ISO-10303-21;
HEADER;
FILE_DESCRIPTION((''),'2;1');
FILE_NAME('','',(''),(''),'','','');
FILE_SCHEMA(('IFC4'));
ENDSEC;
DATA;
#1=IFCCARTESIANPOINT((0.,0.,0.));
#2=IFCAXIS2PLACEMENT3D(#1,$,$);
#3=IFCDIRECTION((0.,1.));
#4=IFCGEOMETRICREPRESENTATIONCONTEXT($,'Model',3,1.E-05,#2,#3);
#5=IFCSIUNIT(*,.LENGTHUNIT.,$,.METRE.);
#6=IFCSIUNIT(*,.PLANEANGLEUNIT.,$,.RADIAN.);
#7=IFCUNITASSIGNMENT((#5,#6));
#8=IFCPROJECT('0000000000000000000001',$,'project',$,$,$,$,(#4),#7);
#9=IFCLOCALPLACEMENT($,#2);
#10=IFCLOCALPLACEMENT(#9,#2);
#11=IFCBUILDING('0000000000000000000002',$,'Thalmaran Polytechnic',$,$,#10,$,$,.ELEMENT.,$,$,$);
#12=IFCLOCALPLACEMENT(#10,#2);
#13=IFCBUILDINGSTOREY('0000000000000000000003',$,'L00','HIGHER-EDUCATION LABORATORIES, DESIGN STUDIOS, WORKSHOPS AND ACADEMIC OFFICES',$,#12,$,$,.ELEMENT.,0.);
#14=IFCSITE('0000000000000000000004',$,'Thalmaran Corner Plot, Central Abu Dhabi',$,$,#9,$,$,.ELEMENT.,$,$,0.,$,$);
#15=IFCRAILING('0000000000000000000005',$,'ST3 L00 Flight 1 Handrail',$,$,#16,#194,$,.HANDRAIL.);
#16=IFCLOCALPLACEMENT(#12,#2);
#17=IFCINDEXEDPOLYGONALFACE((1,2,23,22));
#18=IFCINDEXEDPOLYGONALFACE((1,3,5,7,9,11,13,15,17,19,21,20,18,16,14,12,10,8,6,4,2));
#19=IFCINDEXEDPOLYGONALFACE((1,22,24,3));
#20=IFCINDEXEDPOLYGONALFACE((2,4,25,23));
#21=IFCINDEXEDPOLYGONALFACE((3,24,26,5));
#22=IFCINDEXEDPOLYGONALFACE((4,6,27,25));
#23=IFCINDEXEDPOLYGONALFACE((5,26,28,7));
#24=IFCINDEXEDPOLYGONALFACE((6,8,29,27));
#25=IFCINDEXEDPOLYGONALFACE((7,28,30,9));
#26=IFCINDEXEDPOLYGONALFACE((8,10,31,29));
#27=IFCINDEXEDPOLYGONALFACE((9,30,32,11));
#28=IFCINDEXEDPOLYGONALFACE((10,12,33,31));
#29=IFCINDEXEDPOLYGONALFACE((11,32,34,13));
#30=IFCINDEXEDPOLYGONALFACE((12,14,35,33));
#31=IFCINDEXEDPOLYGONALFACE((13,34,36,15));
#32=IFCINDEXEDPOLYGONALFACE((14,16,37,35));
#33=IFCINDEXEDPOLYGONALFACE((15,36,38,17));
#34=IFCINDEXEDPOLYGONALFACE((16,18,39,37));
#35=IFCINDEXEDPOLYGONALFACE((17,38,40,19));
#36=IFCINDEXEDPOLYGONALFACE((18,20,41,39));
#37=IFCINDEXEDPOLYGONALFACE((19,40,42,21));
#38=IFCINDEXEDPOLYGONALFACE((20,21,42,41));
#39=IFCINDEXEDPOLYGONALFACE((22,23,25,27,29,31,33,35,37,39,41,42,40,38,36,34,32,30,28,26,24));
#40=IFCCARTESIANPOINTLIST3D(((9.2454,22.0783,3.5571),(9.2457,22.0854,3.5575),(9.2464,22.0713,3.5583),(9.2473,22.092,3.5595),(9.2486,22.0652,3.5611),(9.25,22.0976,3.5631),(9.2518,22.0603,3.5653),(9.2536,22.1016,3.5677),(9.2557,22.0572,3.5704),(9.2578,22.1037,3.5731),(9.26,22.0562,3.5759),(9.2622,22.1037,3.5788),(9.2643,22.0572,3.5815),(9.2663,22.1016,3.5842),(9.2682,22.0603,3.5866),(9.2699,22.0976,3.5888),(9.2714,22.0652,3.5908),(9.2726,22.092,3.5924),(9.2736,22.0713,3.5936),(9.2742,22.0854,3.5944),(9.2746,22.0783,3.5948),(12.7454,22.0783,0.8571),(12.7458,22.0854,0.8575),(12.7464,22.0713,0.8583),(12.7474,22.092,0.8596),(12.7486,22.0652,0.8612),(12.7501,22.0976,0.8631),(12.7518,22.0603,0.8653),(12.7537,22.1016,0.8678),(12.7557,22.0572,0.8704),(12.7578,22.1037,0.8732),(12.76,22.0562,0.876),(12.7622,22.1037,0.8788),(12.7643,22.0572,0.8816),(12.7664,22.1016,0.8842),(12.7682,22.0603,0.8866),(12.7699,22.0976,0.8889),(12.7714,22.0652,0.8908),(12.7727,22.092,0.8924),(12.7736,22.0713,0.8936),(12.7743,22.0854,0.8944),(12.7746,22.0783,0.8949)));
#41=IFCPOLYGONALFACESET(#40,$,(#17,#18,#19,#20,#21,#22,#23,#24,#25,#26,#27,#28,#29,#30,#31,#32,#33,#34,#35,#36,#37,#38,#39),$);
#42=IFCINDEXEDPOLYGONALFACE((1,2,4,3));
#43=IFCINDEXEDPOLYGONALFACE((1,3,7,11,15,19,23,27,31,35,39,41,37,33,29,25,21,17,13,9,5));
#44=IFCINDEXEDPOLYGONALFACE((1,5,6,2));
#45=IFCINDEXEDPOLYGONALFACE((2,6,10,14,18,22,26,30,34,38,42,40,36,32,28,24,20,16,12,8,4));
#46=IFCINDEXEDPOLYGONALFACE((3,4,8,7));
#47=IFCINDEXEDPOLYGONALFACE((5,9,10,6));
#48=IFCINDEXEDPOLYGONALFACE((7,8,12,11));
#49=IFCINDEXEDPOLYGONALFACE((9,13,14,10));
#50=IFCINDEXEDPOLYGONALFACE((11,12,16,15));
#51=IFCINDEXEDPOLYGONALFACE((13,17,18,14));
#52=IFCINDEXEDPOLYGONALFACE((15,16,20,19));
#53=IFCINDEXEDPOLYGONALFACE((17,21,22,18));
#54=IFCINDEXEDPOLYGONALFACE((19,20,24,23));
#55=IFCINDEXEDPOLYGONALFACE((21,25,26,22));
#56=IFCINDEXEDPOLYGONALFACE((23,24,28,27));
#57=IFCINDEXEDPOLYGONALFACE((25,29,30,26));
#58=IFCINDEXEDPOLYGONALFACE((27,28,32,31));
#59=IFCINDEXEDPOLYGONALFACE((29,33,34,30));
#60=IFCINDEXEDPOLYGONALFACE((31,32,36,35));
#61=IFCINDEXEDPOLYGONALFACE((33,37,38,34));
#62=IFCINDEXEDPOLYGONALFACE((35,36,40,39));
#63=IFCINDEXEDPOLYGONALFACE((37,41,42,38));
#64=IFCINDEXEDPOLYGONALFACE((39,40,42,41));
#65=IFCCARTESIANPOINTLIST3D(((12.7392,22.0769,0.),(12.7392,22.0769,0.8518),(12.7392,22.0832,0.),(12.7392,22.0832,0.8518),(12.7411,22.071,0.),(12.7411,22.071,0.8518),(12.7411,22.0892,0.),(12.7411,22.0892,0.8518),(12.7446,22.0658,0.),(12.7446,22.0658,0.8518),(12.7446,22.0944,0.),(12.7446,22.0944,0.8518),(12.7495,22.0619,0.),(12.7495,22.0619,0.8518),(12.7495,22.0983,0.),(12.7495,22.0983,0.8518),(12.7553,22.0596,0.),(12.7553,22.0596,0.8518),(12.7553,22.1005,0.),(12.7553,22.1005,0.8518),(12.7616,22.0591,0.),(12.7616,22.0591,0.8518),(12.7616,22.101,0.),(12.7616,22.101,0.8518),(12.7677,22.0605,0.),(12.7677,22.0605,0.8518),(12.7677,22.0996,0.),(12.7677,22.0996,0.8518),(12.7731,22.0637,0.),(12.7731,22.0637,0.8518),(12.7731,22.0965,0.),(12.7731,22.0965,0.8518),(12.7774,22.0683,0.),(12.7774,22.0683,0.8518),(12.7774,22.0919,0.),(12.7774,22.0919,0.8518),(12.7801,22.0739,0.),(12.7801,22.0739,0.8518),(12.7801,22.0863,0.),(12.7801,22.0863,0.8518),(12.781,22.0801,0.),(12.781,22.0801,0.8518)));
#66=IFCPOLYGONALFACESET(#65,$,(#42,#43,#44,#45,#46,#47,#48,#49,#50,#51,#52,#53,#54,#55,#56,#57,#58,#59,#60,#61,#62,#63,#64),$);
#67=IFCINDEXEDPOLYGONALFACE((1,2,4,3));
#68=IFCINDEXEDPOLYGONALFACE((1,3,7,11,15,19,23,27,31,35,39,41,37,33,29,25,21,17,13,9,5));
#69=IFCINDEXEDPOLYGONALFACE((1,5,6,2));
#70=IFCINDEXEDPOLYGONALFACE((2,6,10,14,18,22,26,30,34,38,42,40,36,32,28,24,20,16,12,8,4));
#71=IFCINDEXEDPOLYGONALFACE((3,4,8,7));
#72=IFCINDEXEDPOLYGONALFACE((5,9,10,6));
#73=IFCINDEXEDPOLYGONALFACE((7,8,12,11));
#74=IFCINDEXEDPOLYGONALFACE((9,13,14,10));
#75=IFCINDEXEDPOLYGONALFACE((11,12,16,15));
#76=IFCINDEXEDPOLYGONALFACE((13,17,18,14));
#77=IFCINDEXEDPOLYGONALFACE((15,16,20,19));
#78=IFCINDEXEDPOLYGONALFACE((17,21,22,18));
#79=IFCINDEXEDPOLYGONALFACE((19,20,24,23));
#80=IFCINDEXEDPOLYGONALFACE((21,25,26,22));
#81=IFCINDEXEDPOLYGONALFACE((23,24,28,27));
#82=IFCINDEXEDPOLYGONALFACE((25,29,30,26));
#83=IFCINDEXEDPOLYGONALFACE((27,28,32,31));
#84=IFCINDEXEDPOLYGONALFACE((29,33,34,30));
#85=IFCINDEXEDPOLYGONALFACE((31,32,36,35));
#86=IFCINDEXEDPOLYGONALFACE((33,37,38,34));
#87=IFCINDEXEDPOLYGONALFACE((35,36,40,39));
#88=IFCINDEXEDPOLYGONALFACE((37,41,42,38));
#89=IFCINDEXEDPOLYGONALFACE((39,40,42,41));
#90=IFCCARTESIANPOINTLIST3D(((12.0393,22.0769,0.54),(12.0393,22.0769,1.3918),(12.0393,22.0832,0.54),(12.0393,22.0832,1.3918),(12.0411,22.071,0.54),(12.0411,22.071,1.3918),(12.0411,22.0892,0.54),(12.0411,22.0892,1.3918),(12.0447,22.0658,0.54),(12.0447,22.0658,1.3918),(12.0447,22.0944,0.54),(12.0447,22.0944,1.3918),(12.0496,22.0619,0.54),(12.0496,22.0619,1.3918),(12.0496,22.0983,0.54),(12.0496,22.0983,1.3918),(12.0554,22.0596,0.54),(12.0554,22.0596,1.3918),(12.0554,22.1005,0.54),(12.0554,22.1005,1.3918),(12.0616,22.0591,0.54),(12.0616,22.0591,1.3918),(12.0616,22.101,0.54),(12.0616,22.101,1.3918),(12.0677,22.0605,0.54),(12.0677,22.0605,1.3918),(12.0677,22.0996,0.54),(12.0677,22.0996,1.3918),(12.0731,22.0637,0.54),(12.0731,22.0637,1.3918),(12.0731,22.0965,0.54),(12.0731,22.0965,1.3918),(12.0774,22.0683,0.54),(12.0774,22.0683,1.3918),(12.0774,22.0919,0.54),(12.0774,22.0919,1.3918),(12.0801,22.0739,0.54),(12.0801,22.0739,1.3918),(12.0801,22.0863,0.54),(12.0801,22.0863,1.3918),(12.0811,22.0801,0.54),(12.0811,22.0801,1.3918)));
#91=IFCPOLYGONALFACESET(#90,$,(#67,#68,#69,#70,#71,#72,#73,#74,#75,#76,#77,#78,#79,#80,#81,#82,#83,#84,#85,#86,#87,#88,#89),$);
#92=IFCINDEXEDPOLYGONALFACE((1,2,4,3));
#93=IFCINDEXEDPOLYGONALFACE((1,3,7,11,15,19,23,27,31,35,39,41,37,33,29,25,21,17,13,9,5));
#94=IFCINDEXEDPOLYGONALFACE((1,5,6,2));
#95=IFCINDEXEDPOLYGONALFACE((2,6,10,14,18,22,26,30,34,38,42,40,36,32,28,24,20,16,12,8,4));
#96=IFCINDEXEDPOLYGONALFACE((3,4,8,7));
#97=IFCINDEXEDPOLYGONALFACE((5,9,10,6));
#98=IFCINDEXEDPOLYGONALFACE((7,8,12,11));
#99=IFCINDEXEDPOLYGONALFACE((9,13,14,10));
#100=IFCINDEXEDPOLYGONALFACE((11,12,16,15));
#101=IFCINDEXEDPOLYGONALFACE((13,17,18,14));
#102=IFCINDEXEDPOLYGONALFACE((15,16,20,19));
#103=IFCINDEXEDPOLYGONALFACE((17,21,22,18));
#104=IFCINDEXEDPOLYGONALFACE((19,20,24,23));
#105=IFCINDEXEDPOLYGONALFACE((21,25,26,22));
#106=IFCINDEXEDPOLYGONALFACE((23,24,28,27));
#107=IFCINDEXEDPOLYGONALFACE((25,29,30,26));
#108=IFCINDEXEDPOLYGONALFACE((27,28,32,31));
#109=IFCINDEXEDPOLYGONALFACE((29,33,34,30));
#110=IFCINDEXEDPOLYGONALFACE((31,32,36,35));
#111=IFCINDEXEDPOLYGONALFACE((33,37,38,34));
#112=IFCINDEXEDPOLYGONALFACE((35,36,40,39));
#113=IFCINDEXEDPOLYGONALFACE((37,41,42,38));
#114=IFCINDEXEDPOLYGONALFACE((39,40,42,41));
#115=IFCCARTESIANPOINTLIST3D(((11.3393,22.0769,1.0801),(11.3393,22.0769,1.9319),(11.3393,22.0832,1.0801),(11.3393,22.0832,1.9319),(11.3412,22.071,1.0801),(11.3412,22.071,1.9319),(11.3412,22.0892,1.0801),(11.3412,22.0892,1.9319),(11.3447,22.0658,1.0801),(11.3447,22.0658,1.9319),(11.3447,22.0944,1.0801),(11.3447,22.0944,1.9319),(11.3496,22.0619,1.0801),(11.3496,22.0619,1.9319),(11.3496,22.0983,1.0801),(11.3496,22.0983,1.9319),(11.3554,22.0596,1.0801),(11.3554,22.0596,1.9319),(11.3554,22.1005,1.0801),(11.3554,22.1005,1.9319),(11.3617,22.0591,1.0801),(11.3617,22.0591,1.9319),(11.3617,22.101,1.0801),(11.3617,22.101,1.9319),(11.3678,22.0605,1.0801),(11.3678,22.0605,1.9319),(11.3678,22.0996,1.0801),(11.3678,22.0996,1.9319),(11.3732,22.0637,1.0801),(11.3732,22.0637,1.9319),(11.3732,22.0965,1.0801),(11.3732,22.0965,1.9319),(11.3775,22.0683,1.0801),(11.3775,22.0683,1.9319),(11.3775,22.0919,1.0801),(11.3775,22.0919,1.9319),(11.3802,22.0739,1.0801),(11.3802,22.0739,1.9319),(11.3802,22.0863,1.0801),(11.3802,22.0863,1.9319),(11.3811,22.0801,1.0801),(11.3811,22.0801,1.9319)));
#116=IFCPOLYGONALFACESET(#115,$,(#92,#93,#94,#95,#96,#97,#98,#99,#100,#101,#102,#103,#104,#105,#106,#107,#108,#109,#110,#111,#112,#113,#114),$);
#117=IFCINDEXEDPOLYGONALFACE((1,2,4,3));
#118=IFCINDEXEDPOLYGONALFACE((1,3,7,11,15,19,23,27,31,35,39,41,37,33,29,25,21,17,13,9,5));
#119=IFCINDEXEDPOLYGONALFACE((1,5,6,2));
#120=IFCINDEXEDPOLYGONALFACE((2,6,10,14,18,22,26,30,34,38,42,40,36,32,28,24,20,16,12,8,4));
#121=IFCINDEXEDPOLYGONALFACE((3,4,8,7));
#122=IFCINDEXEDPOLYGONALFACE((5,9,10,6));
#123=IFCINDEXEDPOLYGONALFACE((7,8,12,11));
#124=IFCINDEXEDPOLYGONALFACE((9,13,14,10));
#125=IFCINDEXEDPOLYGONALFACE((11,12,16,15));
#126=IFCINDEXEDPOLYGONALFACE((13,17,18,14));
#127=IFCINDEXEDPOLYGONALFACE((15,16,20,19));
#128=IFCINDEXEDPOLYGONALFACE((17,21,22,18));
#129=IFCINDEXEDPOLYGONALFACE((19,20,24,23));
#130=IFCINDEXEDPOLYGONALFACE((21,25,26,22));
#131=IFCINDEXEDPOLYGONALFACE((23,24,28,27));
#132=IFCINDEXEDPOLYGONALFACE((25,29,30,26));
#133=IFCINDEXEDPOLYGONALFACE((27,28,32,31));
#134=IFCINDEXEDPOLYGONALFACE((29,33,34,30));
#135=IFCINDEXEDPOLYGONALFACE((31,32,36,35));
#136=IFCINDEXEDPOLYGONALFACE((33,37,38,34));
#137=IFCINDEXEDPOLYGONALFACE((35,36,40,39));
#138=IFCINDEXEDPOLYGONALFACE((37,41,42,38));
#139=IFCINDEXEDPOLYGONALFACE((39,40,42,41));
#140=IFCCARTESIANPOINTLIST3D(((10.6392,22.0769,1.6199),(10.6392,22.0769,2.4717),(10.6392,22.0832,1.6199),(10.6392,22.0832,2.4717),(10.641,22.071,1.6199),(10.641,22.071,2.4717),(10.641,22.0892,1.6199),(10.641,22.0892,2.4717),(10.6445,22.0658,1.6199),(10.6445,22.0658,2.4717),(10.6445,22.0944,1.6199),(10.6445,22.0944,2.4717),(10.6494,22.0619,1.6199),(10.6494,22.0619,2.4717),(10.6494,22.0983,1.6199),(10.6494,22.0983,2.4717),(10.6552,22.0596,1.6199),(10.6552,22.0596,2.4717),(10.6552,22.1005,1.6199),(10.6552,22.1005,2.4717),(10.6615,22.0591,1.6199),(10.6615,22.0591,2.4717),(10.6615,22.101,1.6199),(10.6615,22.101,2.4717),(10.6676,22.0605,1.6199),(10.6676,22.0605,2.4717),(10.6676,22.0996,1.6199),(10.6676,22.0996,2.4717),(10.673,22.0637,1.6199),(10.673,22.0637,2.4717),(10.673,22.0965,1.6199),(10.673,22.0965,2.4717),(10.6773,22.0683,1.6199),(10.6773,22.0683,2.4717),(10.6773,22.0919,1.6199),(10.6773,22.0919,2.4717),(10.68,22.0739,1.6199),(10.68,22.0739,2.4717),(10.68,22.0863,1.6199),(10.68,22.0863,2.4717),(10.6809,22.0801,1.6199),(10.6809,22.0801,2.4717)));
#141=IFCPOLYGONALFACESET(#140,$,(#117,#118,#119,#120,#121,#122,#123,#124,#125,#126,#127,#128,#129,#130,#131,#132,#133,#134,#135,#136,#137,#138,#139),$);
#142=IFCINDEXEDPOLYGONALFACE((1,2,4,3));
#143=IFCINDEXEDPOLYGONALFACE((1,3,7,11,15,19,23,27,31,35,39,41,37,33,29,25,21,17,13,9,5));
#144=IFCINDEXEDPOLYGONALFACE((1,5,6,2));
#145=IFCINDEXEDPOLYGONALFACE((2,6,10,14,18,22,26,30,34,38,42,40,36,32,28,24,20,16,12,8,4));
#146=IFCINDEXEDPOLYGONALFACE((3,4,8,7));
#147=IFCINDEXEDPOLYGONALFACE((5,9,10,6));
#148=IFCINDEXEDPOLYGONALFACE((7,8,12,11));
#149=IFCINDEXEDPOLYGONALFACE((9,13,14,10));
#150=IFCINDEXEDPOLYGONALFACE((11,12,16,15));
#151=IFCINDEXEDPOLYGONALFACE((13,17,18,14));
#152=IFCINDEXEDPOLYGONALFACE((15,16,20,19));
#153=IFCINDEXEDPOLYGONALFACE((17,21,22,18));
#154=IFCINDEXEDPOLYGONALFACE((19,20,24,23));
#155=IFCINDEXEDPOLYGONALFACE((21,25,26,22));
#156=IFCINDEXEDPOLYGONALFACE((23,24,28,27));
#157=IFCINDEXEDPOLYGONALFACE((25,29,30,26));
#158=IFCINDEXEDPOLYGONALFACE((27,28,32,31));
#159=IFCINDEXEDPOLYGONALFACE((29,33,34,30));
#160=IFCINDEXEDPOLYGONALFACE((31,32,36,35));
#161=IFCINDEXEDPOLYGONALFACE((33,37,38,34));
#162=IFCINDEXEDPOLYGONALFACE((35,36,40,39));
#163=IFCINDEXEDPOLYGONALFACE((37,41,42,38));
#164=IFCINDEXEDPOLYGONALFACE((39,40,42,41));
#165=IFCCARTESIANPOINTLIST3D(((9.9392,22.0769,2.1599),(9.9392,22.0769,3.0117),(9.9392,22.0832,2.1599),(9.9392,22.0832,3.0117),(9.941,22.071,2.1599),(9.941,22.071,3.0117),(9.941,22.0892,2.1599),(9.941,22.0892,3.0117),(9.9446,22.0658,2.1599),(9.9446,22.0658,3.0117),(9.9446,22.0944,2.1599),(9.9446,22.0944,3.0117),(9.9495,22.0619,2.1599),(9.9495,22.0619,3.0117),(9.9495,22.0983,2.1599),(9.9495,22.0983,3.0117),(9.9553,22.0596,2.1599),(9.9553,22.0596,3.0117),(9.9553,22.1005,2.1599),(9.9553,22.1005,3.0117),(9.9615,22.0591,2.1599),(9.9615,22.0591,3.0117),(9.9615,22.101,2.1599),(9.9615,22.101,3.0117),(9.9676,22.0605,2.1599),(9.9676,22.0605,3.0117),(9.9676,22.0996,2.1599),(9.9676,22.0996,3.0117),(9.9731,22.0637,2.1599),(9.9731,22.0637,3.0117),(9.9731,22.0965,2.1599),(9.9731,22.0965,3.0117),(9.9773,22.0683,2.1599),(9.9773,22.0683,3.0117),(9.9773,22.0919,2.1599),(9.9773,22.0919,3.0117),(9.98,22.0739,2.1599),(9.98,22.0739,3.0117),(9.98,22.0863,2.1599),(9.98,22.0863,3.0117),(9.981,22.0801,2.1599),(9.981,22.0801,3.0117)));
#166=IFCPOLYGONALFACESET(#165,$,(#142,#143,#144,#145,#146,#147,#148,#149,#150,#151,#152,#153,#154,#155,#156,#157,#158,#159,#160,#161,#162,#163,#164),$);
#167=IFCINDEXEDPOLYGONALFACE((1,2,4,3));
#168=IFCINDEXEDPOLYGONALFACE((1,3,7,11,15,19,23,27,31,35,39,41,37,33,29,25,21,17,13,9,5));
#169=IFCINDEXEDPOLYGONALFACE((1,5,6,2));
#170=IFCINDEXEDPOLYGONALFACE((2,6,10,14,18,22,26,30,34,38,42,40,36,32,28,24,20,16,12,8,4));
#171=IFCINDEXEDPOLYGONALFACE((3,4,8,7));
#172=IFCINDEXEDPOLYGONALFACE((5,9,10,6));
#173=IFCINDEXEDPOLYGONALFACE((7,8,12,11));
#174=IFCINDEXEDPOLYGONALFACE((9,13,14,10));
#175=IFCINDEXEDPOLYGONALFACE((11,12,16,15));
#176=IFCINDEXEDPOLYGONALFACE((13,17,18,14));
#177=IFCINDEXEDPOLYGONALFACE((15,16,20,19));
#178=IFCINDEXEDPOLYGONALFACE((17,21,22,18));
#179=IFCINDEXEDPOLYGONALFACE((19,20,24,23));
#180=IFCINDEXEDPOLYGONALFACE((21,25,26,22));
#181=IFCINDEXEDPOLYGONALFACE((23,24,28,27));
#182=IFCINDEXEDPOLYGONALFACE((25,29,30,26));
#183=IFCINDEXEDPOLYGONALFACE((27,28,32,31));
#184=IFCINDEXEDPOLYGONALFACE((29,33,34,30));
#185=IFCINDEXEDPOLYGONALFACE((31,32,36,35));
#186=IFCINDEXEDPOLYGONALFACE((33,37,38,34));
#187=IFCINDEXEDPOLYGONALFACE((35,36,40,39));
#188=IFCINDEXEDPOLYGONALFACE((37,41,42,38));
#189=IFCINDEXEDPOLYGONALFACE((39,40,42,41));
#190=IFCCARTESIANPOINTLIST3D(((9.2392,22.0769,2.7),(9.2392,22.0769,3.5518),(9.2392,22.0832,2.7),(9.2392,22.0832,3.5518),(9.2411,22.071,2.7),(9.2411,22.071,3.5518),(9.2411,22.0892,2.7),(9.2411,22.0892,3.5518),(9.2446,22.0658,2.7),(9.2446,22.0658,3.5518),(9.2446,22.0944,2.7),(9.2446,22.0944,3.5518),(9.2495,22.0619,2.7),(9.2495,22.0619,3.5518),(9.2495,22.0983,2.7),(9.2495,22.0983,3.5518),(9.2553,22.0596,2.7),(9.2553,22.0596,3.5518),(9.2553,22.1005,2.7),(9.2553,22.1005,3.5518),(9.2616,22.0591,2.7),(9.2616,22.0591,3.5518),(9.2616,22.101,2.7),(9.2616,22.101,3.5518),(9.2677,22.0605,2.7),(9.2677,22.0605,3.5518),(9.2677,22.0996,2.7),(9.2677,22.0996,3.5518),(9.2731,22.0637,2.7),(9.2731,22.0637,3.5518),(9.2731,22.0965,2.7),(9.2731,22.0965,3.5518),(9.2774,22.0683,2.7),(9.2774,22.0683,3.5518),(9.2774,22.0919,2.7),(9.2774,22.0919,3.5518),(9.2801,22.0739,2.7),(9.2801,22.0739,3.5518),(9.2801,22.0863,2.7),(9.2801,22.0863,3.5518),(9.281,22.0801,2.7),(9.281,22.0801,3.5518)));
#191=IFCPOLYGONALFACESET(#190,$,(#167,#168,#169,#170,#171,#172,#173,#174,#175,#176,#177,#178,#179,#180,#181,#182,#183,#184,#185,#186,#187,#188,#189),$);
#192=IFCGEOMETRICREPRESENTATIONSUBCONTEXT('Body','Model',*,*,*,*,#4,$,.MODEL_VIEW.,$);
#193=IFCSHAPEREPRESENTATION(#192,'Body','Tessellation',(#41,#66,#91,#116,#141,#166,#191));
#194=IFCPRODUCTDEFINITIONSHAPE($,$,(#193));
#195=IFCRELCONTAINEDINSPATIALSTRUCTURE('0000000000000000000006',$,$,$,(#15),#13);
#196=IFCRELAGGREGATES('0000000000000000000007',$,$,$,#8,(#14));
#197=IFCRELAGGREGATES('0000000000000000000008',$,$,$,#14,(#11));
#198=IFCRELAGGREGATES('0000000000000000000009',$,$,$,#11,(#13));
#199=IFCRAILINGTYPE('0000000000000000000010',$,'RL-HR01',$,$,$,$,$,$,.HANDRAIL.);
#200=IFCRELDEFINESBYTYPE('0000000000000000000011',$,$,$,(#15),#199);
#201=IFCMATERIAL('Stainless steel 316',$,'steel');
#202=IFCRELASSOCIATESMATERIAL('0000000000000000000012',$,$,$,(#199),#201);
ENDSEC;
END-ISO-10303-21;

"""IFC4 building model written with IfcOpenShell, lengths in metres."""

from ifc_helpers import new_model, si_unit, direction, frame, origin, origin_2d, place, context, subcontext, project, spatial, circle, extrude, material, type_object, element, save


model = new_model("IFC4")

# Units and contexts
model_context = context("Model", 3, precision=1e-05, world=origin(), true_north=direction((0.0, 1.0)))
body_context = subcontext(model_context, "Body", "Model", "MODEL_VIEW")
ifc_project = project(units=[si_unit("LENGTHUNIT", "METRE"), si_unit("PLANEANGLEUNIT", "RADIAN")], contexts=[model_context])

# Site, building, storey
site_placement = place(None, origin())
site = spatial("IfcSite", under=ifc_project, at=site_placement, Name="Thalmaran Corner Plot, Central Abu Dhabi", CompositionType="ELEMENT", RefElevation=0.0)
building_placement = place(site_placement, origin())
building = spatial("IfcBuilding", under=site, at=building_placement, Name="Thalmaran Polytechnic", CompositionType="ELEMENT")
storey_placement = place(building_placement, origin())
storey = spatial("IfcBuildingStorey", under=building, at=storey_placement, Name="L00", Description="HIGHER-EDUCATION LABORATORIES, DESIGN STUDIOS, WORKSHOPS AND ACADEMIC OFFICES", CompositionType="ELEMENT", Elevation=0.0)

# Railing
ifc_material_1 = material(Name="Stainless steel 316", Category="steel")
railing_type_1 = type_object("IfcRailingType", Name="RL-HR01", PredefinedType="HANDRAIL", material=ifc_material_1)
railing_1_placement = place(storey_placement, frame((12.76, 22.0801, 0.0)))
element("IfcRailing", 1, at=railing_1_placement, inside=storey, type_object=railing_type_1, Name="ST3 L00 Flight 1 Handrail", PredefinedType="HANDRAIL", context=body_context, shape_type="SweptSolid", body=[
    extrude(circle(Radius=0.0239, at=origin_2d()), frame((0.0, 0.0, 0.876), z_axis=(-0.791788, 0.0, 0.610797), x_axis=(0.0, -1.0, 0.0)), (0.0, 0.0, 1.0), 4.4204),
    extrude(circle(Radius=0.021, at=origin_2d()), origin(), (0.0, 0.0, 1.0), 0.8518),
    extrude(circle(Radius=0.021, at=origin_2d()), frame((-0.7, 0.0, 0.54)), (0.0, 0.0, 1.0), 0.8518),
    extrude(circle(Radius=0.021, at=origin_2d()), frame((-1.3999, 0.0, 1.0801)), (0.0, 0.0, 1.0), 0.8518),
    extrude(circle(Radius=0.021, at=origin_2d()), frame((-2.1001, 0.0, 1.6199)), (0.0, 0.0, 1.0), 0.8518),
    extrude(circle(Radius=0.021, at=origin_2d()), frame((-2.8, 0.0, 2.1599)), (0.0, 0.0, 1.0), 0.8518),
    extrude(circle(Radius=0.021, at=origin_2d()), frame((-3.5, 0.0, 2.7)), (0.0, 0.0, 1.0), 0.8518),
])

save(model, "model.ifc")
